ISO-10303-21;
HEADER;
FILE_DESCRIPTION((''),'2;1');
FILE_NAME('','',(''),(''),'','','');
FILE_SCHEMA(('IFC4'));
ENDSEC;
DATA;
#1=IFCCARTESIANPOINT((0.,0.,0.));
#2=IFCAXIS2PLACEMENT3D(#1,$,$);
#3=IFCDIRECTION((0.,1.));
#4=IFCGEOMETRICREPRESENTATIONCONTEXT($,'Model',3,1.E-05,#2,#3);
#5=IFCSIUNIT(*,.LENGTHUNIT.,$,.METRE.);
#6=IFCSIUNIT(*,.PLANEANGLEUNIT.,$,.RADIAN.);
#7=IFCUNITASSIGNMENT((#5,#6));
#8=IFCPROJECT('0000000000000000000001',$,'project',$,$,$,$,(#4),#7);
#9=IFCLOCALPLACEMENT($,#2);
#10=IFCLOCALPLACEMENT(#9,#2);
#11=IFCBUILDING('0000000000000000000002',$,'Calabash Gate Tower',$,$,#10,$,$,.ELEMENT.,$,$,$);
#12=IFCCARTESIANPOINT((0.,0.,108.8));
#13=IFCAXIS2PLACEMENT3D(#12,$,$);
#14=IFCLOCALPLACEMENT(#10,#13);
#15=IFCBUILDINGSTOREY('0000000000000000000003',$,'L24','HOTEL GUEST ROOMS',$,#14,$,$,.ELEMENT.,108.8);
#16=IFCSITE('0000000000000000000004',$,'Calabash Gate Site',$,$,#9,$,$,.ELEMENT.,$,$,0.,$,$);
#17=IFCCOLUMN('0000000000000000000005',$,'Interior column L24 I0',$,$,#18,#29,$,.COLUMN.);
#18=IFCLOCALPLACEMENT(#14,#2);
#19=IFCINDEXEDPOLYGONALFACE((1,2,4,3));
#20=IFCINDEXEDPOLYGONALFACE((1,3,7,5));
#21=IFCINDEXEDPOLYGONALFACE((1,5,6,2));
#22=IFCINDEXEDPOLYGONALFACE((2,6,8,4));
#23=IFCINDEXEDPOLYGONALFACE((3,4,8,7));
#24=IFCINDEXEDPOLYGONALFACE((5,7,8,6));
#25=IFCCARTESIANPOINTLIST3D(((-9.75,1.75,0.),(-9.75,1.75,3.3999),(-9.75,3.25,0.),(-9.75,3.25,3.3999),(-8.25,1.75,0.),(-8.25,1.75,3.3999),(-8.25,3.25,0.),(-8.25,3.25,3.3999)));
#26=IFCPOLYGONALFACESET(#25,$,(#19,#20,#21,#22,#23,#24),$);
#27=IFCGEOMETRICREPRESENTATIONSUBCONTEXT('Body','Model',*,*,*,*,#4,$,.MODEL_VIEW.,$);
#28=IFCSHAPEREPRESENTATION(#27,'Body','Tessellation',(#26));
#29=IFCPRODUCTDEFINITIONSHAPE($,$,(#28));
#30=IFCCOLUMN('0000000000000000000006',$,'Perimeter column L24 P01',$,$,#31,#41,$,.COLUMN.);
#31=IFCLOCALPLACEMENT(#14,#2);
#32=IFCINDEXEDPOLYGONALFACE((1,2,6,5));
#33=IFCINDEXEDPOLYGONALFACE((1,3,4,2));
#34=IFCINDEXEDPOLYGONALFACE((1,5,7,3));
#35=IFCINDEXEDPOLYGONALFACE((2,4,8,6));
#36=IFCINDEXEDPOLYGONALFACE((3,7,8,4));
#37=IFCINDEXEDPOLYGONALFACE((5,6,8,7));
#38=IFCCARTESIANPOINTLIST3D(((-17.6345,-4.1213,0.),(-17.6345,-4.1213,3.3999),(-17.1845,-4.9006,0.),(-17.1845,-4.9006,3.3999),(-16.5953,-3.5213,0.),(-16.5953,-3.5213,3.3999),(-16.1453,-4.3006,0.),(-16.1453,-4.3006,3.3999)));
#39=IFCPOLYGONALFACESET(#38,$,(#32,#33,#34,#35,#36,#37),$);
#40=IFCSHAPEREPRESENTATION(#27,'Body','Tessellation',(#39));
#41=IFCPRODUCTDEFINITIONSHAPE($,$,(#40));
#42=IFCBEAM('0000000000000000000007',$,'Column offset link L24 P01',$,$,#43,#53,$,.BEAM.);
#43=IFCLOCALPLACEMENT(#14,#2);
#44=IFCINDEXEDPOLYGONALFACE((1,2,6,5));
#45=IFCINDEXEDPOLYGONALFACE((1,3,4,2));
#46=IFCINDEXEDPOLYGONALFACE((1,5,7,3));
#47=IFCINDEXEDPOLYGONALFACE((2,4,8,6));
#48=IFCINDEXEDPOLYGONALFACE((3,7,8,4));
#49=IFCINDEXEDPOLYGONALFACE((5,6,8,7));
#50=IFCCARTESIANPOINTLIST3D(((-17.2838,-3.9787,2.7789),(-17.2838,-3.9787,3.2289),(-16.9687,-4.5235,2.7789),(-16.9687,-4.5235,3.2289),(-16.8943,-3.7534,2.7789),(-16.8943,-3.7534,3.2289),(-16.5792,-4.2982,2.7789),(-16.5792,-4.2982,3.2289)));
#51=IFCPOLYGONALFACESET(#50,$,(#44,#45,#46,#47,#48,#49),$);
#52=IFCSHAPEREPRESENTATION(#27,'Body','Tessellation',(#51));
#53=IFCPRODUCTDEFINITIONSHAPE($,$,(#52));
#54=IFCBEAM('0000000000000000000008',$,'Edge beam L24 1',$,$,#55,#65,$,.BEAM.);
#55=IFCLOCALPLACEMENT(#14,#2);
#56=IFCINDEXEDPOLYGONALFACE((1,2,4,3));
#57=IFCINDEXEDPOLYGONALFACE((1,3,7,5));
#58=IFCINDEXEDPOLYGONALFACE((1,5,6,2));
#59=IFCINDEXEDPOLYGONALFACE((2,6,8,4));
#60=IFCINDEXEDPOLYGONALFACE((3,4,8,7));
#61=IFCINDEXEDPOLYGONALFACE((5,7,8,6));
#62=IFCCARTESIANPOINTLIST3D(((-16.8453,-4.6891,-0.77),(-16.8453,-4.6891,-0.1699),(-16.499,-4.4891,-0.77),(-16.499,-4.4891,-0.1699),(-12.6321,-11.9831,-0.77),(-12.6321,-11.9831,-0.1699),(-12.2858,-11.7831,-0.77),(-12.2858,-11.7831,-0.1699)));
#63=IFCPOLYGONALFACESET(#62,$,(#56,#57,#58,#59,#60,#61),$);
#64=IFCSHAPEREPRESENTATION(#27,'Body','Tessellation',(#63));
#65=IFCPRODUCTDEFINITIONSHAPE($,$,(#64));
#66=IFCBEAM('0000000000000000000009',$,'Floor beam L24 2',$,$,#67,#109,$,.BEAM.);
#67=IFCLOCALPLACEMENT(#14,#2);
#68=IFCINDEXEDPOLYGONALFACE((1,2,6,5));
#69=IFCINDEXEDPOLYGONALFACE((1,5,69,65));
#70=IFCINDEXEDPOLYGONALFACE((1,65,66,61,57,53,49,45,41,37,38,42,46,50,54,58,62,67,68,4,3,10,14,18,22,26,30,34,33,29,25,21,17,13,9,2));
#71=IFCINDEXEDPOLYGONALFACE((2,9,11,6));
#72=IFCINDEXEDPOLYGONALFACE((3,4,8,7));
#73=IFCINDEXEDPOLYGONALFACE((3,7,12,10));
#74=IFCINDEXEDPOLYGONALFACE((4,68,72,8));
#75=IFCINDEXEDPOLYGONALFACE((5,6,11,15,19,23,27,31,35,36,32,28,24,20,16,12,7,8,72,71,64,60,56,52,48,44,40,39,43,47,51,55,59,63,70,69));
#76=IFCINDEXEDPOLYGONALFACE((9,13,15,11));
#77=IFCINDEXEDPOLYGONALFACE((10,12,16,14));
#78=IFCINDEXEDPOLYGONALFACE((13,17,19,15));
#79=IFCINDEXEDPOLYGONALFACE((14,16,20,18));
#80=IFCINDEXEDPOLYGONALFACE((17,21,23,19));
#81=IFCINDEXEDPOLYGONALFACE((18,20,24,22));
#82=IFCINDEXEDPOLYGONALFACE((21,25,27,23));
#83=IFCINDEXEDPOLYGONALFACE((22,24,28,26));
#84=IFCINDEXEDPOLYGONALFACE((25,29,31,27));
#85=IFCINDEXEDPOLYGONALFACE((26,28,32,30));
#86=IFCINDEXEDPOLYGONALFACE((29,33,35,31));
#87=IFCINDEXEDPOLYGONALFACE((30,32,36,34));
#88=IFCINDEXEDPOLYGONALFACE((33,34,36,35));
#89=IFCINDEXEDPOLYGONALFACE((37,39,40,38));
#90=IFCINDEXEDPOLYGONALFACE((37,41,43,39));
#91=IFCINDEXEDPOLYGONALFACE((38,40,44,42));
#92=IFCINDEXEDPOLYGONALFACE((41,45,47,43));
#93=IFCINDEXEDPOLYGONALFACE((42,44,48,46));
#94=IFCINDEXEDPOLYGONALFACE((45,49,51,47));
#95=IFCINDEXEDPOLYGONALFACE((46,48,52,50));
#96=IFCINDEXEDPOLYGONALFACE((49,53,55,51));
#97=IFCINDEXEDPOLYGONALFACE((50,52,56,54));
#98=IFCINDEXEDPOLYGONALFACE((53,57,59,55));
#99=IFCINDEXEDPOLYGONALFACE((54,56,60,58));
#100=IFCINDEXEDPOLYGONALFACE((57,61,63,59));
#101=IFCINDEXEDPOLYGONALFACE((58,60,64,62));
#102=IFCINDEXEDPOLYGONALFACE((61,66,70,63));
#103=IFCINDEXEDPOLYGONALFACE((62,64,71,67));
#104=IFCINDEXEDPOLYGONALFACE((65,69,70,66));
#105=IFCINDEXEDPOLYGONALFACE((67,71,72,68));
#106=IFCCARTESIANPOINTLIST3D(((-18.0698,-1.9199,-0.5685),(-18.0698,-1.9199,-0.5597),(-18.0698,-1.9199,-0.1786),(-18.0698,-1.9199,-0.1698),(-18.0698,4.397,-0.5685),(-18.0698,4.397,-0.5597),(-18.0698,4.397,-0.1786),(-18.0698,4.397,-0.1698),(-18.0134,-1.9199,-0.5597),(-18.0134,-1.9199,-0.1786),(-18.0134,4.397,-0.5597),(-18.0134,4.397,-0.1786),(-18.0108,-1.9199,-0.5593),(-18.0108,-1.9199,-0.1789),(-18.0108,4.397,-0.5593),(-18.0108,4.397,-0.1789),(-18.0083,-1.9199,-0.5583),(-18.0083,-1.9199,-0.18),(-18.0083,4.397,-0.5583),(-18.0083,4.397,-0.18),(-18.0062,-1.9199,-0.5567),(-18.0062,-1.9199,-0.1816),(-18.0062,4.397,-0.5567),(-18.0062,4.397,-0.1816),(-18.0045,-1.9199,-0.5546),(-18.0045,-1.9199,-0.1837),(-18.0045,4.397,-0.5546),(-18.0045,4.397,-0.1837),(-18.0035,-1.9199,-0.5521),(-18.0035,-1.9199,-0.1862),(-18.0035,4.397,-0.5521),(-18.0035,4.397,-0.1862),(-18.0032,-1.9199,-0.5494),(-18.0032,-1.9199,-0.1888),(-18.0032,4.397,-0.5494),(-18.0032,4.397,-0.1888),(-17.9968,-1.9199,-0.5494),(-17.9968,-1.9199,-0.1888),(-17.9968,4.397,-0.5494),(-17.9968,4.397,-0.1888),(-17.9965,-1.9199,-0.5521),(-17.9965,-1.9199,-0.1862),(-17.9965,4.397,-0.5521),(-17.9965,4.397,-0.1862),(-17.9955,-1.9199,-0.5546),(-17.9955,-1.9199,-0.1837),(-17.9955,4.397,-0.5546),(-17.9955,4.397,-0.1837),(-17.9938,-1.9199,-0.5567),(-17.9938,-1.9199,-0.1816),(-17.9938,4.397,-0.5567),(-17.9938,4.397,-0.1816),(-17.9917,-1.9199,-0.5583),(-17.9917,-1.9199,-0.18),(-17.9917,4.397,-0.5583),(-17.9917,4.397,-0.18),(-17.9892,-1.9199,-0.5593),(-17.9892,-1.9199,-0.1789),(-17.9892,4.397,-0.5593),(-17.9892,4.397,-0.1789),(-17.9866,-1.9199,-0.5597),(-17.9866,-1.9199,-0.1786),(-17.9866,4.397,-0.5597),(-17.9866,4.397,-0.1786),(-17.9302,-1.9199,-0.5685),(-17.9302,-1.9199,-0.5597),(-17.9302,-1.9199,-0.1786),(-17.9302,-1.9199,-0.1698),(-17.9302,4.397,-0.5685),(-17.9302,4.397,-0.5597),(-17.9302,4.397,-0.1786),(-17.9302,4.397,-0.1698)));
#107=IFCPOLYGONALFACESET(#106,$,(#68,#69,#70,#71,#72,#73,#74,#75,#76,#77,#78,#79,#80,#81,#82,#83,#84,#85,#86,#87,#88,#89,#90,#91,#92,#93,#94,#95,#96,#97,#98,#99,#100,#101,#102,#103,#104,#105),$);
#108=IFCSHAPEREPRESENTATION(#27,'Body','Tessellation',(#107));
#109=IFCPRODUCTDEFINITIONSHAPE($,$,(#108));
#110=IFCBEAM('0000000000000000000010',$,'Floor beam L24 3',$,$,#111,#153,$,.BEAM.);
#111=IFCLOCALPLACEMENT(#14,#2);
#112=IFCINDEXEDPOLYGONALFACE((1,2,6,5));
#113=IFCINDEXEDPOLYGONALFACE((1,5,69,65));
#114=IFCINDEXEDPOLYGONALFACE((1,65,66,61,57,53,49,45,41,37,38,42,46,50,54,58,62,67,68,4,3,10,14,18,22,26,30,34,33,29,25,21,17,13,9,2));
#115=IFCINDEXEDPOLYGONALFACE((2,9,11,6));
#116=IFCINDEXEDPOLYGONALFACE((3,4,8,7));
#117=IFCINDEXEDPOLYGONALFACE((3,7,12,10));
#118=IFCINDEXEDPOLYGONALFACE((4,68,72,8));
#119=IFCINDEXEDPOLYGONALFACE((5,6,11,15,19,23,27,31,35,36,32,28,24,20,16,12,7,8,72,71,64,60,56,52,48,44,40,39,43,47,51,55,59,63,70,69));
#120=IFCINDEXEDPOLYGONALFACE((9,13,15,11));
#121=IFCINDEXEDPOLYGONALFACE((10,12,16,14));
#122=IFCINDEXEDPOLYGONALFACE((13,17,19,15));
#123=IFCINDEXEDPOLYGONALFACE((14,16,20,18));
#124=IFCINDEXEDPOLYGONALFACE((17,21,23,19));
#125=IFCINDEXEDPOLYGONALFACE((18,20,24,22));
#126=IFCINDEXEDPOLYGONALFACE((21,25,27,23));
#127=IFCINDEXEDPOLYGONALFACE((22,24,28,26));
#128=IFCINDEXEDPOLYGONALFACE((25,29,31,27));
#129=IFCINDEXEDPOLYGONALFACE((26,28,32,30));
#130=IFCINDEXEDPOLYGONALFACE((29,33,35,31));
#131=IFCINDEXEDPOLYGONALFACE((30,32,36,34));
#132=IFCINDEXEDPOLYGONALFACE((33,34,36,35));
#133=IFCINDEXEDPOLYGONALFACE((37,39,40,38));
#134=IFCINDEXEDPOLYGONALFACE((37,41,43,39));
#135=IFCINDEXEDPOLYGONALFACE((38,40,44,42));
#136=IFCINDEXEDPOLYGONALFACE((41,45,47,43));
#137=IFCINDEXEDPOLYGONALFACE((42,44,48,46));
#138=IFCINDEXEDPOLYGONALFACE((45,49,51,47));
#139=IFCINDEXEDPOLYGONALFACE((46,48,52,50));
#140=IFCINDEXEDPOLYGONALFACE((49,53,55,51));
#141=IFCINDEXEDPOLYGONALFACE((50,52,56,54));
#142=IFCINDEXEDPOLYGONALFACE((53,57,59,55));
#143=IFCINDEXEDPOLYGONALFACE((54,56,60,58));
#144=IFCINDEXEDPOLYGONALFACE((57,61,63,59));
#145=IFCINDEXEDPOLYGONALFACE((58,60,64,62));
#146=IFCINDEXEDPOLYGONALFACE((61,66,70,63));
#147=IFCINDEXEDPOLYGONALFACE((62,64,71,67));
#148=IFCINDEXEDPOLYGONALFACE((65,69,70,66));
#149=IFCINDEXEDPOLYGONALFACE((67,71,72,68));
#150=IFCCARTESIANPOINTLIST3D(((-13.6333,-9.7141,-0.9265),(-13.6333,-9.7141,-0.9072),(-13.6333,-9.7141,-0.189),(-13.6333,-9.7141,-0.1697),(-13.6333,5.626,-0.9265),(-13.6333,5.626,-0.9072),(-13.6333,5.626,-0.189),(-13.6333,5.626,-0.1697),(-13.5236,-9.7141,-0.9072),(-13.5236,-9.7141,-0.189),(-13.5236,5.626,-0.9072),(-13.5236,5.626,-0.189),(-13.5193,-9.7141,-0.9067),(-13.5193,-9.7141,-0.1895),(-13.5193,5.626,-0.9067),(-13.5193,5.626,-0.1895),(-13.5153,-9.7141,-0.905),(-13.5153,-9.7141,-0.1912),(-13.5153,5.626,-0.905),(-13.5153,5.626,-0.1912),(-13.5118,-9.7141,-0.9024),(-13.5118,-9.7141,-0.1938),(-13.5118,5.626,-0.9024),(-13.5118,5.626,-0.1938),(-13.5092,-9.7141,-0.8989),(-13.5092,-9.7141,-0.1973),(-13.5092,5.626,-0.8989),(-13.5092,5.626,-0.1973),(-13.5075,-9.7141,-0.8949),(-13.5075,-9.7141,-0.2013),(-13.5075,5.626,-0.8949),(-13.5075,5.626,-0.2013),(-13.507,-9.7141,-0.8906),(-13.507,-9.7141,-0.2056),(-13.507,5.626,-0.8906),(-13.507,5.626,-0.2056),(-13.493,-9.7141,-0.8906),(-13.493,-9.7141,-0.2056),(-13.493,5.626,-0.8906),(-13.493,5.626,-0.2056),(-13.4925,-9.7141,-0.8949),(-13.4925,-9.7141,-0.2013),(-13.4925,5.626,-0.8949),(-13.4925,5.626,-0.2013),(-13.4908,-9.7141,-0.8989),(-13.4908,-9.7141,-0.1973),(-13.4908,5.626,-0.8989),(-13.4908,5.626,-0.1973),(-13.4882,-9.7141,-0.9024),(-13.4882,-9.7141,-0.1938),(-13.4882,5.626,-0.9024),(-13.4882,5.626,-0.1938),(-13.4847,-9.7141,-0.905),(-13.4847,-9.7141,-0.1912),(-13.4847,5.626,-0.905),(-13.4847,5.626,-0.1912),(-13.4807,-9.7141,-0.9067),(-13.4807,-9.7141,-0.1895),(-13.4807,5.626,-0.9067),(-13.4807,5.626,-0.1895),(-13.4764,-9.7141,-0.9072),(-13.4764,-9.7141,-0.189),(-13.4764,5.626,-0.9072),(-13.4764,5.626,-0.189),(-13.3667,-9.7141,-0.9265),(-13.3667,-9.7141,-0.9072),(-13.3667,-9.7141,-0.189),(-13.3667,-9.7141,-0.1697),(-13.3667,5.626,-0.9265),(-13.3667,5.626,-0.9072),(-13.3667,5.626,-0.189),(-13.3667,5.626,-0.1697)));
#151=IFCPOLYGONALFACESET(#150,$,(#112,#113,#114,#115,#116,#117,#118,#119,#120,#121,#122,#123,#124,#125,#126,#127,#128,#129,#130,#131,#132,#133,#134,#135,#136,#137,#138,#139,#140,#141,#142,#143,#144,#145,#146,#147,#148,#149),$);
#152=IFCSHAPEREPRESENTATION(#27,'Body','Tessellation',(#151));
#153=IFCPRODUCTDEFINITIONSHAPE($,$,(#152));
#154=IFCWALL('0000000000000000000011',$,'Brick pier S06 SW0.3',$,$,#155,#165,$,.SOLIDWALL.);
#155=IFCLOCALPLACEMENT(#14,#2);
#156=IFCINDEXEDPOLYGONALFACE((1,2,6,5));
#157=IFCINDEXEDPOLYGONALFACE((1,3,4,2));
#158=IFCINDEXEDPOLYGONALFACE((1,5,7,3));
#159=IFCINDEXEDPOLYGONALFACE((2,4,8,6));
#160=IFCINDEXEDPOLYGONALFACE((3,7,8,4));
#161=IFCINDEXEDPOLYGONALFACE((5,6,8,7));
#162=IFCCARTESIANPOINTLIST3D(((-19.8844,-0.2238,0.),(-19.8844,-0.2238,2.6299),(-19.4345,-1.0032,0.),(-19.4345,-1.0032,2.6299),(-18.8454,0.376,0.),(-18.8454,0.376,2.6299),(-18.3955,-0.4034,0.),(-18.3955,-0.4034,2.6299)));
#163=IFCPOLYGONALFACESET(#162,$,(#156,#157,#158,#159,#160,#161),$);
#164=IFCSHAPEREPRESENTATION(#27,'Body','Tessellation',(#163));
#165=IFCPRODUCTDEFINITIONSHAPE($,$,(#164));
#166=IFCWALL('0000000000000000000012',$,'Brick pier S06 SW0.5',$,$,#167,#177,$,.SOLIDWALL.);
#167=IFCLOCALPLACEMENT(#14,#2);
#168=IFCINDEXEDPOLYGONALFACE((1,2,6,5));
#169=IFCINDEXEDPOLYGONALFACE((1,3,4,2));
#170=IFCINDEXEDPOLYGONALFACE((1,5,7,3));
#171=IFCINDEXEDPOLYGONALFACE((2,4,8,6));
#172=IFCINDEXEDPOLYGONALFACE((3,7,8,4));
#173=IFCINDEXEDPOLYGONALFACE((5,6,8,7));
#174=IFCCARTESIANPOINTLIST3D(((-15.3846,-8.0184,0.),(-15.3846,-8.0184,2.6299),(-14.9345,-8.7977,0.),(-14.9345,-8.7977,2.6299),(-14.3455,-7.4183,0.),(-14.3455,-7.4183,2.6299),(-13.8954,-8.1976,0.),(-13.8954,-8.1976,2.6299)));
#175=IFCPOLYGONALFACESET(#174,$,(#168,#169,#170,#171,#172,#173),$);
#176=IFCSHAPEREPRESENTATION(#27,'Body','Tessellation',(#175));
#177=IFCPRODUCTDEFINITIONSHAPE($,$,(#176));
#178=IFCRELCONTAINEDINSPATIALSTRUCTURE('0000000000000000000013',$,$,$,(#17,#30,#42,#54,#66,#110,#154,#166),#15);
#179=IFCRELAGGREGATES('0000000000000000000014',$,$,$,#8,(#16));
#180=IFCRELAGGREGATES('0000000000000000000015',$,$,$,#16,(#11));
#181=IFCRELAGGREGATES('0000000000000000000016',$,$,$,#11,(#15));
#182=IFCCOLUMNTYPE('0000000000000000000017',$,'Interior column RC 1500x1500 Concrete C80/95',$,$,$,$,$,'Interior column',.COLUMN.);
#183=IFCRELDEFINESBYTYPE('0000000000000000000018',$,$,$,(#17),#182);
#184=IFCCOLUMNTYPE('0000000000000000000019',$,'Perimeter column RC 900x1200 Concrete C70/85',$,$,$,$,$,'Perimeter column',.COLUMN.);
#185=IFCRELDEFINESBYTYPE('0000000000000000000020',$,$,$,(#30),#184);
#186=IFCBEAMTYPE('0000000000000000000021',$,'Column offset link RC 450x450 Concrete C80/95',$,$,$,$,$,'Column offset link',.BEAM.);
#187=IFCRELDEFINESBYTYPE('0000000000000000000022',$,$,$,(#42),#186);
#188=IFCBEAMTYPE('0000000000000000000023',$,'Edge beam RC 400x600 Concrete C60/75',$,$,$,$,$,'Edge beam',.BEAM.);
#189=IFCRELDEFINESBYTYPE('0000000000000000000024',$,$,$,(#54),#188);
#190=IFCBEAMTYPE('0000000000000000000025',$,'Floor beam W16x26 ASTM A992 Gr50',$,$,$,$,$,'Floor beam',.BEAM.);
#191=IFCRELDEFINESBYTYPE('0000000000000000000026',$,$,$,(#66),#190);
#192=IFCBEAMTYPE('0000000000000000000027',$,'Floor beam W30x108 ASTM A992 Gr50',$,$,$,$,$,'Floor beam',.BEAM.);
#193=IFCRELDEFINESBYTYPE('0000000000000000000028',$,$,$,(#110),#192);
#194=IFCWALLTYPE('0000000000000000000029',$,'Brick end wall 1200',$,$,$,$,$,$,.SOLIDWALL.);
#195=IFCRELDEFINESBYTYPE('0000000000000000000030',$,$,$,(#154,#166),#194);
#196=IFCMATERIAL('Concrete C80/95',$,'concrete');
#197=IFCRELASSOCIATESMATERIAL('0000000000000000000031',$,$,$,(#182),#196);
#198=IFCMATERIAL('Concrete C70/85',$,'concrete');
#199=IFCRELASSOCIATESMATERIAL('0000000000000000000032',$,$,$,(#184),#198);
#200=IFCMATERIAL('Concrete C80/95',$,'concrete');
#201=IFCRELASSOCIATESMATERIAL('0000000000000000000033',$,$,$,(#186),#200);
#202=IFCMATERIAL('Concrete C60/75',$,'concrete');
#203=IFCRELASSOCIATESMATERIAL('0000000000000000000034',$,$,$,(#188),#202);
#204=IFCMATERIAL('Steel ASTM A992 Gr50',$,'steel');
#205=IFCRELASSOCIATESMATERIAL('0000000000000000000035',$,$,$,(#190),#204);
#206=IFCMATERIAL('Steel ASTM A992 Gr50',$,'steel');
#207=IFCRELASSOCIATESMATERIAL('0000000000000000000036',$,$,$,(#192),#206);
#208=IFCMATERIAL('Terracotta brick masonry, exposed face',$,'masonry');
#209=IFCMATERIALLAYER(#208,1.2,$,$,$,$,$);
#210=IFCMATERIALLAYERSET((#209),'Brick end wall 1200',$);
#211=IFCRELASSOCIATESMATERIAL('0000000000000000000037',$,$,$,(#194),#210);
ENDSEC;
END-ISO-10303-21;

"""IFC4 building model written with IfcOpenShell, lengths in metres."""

from ifc_helpers import new_model, si_unit, direction, frame, frame_2d, origin, origin_2d, place, context, subcontext, project, spatial, rectangle, i_section, extrude, material, layer, layer_set, material_profile, profile_set, type_object, element, save


model = new_model("IFC4")

# Units and contexts
model_context = context("Model", 3, precision=1e-05, world=origin(), true_north=direction((0.0, 1.0)))
body_context = subcontext(model_context, "Body", "Model", "MODEL_VIEW")
ifc_project = project(units=[si_unit("LENGTHUNIT", "METRE"), si_unit("PLANEANGLEUNIT", "RADIAN")], contexts=[model_context])

# Site, building, storey
site_placement = place(None, origin())
site = spatial("IfcSite", under=ifc_project, at=site_placement, Name="Calabash Gate Site", CompositionType="ELEMENT", RefElevation=0.0)
building_placement = place(site_placement, origin())
building = spatial("IfcBuilding", under=site, at=building_placement, Name="Calabash Gate Tower", CompositionType="ELEMENT")
storey_placement = place(building_placement, frame((0.0, 0.0, 108.8)))
storey = spatial("IfcBuildingStorey", under=building, at=storey_placement, Name="L24", Description="HOTEL GUEST ROOMS", CompositionType="ELEMENT", Elevation=108.8)

# Columns
ifc_material_1 = material(Name="Concrete C80/95", Category="concrete")
ifc_material_profile_1 = material_profile(ifc_material_1, rectangle(XDim=1.5, YDim=1.5, at=origin_2d()))
ifc_profile_set_1 = profile_set([ifc_material_profile_1], Name="Concrete C80/95")
column_type_1 = type_object("IfcColumnType", Name="Interior column RC 1500x1500 Concrete C80/95", ElementType="Interior column", PredefinedType="COLUMN", material=ifc_profile_set_1)
column_1_placement = place(storey_placement, frame((-9.0, 2.5, 0.0), z_axis=(0.0, 0.0, 1.0), x_axis=(1.0, 0.0, 0.0)))
element("IfcColumn", 1, at=column_1_placement, inside=storey, type_object=column_type_1, Name="Interior column L24 I0", PredefinedType="COLUMN", context=body_context, shape_type="SweptSolid", body=[
    extrude(rectangle(XDim=1.5, YDim=1.5, at=origin_2d()), origin(), (0.0, 0.0, 1.0), 3.3999),
])
ifc_material_2 = material(Name="Concrete C70/85", Category="concrete")
ifc_material_profile_2 = material_profile(ifc_material_2, rectangle(XDim=0.8999, YDim=1.2, at=origin_2d()))
ifc_profile_set_2 = profile_set([ifc_material_profile_2], Name="Concrete C70/85")
column_type_2 = type_object("IfcColumnType", Name="Perimeter column RC 900x1200 Concrete C70/85", ElementType="Perimeter column", PredefinedType="COLUMN", material=ifc_profile_set_2)
column_2_placement = place(storey_placement, frame((-16.8899, -4.2109, 0.0), z_axis=(0.0, 0.0, 1.0), x_axis=(0.5, -0.866025, 0.0)))
element("IfcColumn", 2, at=column_2_placement, inside=storey, type_object=column_type_2, Name="Perimeter column L24 P01", PredefinedType="COLUMN", context=body_context, shape_type="SweptSolid", body=[
    extrude(rectangle(XDim=0.8999, YDim=1.2, at=origin_2d()), origin(), (0.0, 0.0, 1.0), 3.3999),
])

# Beams
ifc_material_3 = material(Name="Concrete C80/95", Category="concrete")
ifc_material_profile_3 = material_profile(ifc_material_3, rectangle(XDim=0.45, YDim=0.45, at=origin_2d()))
ifc_profile_set_3 = profile_set([ifc_material_profile_3], Name="Concrete C80/95")
beam_type_1 = type_object("IfcBeamType", Name="Column offset link RC 450x450 Concrete C80/95", ElementType="Column offset link", PredefinedType="BEAM", material=ifc_profile_set_3)
beam_1_placement = place(storey_placement, frame((-16.7739, -4.4109, 3.0039), z_axis=(-0.500685, 0.86563, 0.0), x_axis=(-0.86563, -0.500685, 0.0)))
element("IfcBeam", 3, at=beam_1_placement, inside=storey, type_object=beam_type_1, Name="Column offset link L24 P01", PredefinedType="BEAM", context=body_context, shape_type="SweptSolid", body=[
    extrude(rectangle(XDim=0.45, YDim=0.45, at=origin_2d()), origin(), (0.0, 0.0, 1.0), 0.6294),
])
ifc_material_4 = material(Name="Concrete C60/75", Category="concrete")
ifc_material_profile_4 = material_profile(ifc_material_4, rectangle(XDim=0.3999, YDim=0.6001, at=origin_2d()))
ifc_profile_set_4 = profile_set([ifc_material_profile_4], Name="Concrete C60/75")
beam_type_2 = type_object("IfcBeamType", Name="Edge beam RC 400x600 Concrete C60/75", ElementType="Edge beam", PredefinedType="BEAM", material=ifc_profile_set_4)
beam_2_placement = place(storey_placement, frame((-16.6721, -4.5891, -0.47), z_axis=(0.500176, -0.865924, 0.0), x_axis=(0.865924, 0.500176, 0.0)))
element("IfcBeam", 4, at=beam_2_placement, inside=storey, type_object=beam_type_2, Name="Edge beam L24 1", PredefinedType="BEAM", context=body_context, shape_type="SweptSolid", body=[
    extrude(rectangle(XDim=0.3999, YDim=0.6001, at=origin_2d()), origin(), (0.0, 0.0, 1.0), 8.4233),
])
ifc_material_5 = material(Name="Steel ASTM A992 Gr50", Category="steel")
ifc_material_profile_5 = material_profile(ifc_material_5, i_section(OverallWidth=0.1396, OverallDepth=0.3987, WebThickness=0.0063, FlangeThickness=0.0088, FilletRadius=0.0103, at=origin_2d()))
ifc_profile_set_5 = profile_set([ifc_material_profile_5], Name="Steel ASTM A992 Gr50")
beam_type_3 = type_object("IfcBeamType", Name="Floor beam W16x26 ASTM A992 Gr50", ElementType="Floor beam", PredefinedType="BEAM", material=ifc_profile_set_5)
beam_3_placement = place(storey_placement, frame((-18.0, -1.9199, -0.3691), z_axis=(0.0, 1.0, 0.0), x_axis=(-1.0, 0.0, 0.0)))
element("IfcBeam", 5, at=beam_3_placement, inside=storey, type_object=beam_type_3, Name="Floor beam L24 2", PredefinedType="BEAM", context=body_context, shape_type="SweptSolid", body=[
    extrude(i_section(OverallWidth=0.1396, OverallDepth=0.3987, WebThickness=0.0063, FlangeThickness=0.0088, FilletRadius=0.0103, at=origin_2d()), origin(), (0.0, 0.0, 1.0), 6.3169),
])
ifc_material_6 = material(Name="Steel ASTM A992 Gr50", Category="steel")
ifc_material_profile_6 = material_profile(ifc_material_6, i_section(OverallWidth=0.2666, OverallDepth=0.7568, WebThickness=0.0139, FlangeThickness=0.0193, FilletRadius=0.0166, at=origin_2d()))
ifc_profile_set_6 = profile_set([ifc_material_profile_6], Name="Steel ASTM A992 Gr50")
beam_type_4 = type_object("IfcBeamType", Name="Floor beam W30x108 ASTM A992 Gr50", ElementType="Floor beam", PredefinedType="BEAM", material=ifc_profile_set_6)
beam_4_placement = place(storey_placement, frame((-13.5, -9.7141, -0.5481), z_axis=(0.0, 1.0, 0.0), x_axis=(-1.0, 0.0, 0.0)))
element("IfcBeam", 6, at=beam_4_placement, inside=storey, type_object=beam_type_4, Name="Floor beam L24 3", PredefinedType="BEAM", context=body_context, shape_type="SweptSolid", body=[
    extrude(i_section(OverallWidth=0.2666, OverallDepth=0.7568, WebThickness=0.0139, FlangeThickness=0.0193, FilletRadius=0.0166, at=origin_2d()), origin(), (0.0, 0.0, 1.0), 15.3401),
])

# Walls
ifc_material_7 = material(Name="Terracotta brick masonry, exposed face", Category="masonry")
ifc_layer_1 = layer(ifc_material_7, 1.2)
ifc_layer_set_1 = layer_set([ifc_layer_1], Name="Brick end wall 1200")
wall_type_1 = type_object("IfcWallType", Name="Brick end wall 1200", PredefinedType="SOLIDWALL", material=ifc_layer_set_1)
wall_1_placement = place(storey_placement, frame((-19.6594, -0.6135, 0.0), z_axis=(0.0, 0.0, 1.0), x_axis=(0.866043, 0.499969, 0.0)))
element("IfcWall", 7, at=wall_1_placement, inside=storey, type_object=wall_type_1, Name="Brick pier S06 SW0.3", PredefinedType="SOLIDWALL", context=body_context, shape_type="SweptSolid", body=[
    extrude(rectangle(XDim=1.1997, YDim=0.8999, at=frame_2d((0.5999, 0.0))), origin(), (0.0, 0.0, 1.0), 2.6299),
])
wall_2_placement = place(storey_placement, frame((-14.1204, -7.8079, 0.0), z_axis=(0.0, 0.0, 1.0), x_axis=(-0.865955, -0.500122, 0.0)))
element("IfcWall", 8, at=wall_2_placement, inside=storey, type_object=wall_type_1, Name="Brick pier S06 SW0.5", PredefinedType="SOLIDWALL", context=body_context, shape_type="SweptSolid", body=[
    extrude(rectangle(XDim=1.2, YDim=0.8999, at=frame_2d((0.6001, 0.0))), origin(), (0.0, 0.0, 1.0), 2.6299),
])

save(model, "model.ifc")
